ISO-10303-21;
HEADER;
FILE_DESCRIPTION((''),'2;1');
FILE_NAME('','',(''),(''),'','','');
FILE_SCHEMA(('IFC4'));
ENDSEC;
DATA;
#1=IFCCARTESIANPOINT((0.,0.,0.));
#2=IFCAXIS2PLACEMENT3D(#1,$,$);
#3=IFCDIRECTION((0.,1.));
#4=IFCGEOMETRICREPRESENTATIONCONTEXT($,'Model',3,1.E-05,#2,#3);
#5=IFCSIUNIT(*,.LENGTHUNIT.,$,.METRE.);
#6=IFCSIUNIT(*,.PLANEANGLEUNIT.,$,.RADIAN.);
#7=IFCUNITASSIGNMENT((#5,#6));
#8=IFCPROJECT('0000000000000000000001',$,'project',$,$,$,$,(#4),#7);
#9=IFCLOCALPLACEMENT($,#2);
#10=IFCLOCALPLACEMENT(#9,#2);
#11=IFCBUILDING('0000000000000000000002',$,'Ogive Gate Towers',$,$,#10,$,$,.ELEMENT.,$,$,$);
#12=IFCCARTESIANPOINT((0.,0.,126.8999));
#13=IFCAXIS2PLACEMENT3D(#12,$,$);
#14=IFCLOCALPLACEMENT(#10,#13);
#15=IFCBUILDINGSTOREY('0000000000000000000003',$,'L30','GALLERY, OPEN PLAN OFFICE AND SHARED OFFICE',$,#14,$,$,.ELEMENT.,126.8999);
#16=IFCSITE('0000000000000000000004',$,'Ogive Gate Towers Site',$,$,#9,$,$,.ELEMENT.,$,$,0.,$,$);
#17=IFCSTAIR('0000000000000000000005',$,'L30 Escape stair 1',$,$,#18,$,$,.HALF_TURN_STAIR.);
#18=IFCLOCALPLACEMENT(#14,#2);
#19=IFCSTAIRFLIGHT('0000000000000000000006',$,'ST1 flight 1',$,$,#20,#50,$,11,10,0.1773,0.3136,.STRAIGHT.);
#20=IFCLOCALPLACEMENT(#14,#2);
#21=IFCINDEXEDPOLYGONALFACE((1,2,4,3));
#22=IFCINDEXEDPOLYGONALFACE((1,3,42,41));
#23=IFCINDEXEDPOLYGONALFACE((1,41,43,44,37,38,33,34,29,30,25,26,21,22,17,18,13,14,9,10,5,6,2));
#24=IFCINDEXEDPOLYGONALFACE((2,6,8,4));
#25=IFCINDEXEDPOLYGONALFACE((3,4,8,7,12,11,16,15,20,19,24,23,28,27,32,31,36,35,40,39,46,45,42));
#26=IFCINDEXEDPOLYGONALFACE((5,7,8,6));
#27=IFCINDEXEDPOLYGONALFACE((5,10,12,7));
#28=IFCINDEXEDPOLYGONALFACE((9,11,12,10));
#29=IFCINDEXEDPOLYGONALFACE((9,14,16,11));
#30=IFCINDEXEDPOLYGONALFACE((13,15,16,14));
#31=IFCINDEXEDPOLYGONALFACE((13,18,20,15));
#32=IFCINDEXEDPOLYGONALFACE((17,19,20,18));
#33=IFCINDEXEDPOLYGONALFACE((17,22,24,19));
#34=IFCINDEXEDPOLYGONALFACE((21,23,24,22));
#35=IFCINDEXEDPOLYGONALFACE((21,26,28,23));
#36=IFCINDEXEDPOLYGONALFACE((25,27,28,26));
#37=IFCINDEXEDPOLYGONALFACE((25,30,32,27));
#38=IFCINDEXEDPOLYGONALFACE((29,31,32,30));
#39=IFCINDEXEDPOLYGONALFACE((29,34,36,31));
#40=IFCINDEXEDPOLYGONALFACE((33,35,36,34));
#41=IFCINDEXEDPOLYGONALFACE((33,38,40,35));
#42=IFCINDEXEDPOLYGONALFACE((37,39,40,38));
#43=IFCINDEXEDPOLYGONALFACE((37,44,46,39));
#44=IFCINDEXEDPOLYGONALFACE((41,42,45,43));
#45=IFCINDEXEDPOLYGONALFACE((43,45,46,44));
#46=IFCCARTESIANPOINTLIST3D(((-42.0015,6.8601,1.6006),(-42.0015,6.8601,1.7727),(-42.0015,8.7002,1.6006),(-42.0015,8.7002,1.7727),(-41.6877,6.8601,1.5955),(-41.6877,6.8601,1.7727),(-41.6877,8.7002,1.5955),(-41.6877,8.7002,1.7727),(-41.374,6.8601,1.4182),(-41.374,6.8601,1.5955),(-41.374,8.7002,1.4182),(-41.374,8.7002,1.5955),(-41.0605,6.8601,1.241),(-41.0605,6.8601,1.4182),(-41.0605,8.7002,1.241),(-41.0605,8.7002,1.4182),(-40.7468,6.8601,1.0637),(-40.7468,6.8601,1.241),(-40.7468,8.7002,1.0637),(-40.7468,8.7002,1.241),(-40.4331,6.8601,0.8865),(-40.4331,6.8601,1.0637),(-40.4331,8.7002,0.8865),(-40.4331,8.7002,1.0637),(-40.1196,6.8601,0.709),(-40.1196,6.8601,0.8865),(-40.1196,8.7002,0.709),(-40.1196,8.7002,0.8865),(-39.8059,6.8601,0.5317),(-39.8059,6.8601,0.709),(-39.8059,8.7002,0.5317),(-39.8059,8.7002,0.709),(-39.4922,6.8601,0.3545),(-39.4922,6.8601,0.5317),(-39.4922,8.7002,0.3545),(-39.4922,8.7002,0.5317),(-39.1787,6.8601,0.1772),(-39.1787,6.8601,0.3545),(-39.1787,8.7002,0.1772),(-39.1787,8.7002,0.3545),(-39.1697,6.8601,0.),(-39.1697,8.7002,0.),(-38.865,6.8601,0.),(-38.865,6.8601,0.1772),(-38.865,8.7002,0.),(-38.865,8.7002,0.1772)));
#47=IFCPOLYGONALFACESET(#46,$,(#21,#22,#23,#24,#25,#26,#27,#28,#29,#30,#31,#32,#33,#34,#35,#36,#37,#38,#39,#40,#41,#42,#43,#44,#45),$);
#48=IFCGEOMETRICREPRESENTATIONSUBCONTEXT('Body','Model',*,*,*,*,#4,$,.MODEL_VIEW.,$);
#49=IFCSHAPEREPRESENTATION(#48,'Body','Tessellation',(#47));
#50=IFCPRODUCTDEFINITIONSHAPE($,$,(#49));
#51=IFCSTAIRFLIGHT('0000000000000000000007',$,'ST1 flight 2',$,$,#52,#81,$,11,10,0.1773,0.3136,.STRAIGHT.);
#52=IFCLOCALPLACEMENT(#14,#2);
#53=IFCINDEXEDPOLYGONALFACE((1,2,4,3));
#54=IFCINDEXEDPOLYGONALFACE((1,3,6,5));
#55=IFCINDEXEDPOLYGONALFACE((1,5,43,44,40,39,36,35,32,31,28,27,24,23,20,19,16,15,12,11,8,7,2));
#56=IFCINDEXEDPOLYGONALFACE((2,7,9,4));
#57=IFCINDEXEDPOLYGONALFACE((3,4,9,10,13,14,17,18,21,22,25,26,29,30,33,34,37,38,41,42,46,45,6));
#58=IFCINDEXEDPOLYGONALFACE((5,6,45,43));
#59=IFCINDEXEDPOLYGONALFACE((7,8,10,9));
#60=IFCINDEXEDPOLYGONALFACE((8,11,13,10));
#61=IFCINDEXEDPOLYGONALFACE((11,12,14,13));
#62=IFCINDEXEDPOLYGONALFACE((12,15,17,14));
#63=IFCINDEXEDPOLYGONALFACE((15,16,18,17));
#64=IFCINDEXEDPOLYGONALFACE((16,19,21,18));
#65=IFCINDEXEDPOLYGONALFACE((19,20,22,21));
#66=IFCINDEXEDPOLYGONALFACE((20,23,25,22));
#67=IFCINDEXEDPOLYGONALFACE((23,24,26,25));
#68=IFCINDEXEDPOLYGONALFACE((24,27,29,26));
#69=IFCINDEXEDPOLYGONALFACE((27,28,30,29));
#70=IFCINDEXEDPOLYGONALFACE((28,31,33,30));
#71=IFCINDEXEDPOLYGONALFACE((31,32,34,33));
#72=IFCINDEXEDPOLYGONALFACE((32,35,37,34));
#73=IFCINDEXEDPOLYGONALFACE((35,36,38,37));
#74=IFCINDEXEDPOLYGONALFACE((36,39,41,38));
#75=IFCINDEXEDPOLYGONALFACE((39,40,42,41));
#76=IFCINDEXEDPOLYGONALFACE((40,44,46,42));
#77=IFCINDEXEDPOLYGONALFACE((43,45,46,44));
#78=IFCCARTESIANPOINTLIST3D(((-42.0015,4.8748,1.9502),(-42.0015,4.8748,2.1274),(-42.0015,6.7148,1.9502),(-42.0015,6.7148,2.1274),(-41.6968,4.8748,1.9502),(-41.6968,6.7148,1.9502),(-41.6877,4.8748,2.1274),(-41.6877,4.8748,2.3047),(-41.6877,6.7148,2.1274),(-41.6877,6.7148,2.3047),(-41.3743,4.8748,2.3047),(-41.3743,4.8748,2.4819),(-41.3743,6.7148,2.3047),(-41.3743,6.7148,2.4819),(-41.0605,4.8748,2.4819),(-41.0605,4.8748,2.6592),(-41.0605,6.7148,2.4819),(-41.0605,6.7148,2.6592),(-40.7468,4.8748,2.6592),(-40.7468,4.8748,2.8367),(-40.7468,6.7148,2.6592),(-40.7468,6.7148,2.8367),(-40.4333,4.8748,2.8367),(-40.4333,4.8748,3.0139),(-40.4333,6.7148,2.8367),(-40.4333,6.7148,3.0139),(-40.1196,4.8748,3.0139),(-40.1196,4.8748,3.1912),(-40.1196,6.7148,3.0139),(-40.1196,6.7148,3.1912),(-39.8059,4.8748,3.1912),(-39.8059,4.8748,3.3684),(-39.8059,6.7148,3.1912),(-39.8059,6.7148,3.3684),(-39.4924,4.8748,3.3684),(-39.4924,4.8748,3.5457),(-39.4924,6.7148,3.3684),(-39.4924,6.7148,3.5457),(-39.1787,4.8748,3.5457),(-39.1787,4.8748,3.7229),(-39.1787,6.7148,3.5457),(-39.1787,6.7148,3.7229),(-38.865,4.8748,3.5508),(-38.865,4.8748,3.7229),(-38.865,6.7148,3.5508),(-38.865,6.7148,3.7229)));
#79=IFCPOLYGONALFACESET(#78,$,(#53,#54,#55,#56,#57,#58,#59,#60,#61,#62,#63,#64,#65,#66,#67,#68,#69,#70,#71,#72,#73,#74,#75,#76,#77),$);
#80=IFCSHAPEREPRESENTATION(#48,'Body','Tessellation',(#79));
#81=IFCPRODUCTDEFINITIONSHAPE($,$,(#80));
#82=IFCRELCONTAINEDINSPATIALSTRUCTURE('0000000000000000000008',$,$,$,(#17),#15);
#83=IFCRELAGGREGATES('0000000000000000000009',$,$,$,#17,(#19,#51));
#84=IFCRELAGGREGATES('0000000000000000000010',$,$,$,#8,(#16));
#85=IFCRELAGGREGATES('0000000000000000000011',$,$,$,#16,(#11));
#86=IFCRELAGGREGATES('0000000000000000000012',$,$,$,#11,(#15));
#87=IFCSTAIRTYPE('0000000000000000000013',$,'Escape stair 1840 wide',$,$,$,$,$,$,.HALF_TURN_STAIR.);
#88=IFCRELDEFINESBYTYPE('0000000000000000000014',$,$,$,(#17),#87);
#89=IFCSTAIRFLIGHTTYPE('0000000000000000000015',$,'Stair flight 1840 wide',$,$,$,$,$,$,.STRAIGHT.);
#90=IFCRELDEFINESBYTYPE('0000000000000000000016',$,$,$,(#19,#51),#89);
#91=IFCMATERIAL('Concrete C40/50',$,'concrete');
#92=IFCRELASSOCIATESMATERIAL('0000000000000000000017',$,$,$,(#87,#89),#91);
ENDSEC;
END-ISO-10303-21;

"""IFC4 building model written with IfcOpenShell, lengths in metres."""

from ifc_helpers import new_model, si_unit, direction, frame, origin, place, context, subcontext, project, spatial, polyline, outline, extrude, material, type_object, element, aggregate, save


model = new_model("IFC4")

# Units and contexts
model_context = context("Model", 3, precision=1e-05, world=origin(), true_north=direction((0.0, 1.0)))
body_context = subcontext(model_context, "Body", "Model", "MODEL_VIEW")
ifc_project = project(units=[si_unit("LENGTHUNIT", "METRE"), si_unit("PLANEANGLEUNIT", "RADIAN")], contexts=[model_context])

# Site, building, storey
site_placement = place(None, origin())
site = spatial("IfcSite", under=ifc_project, at=site_placement, Name="Ogive Gate Towers Site", CompositionType="ELEMENT", RefElevation=0.0)
building_placement = place(site_placement, origin())
building = spatial("IfcBuilding", under=site, at=building_placement, Name="Ogive Gate Towers", CompositionType="ELEMENT")
storey_placement = place(building_placement, frame((0.0, 0.0, 126.8999)))
storey = spatial("IfcBuildingStorey", under=building, at=storey_placement, Name="L30", Description="GALLERY, OPEN PLAN OFFICE AND SHARED OFFICE", CompositionType="ELEMENT", Elevation=126.8999)

# Stair, stair flights
ifc_material_1 = material(Name="Concrete C40/50", Category="concrete")
stair_type = type_object("IfcStairType", Name="Escape stair 1840 wide", PredefinedType="HALF_TURN_STAIR", material=ifc_material_1)
stair_placement = place(storey_placement, origin())
stair = element("IfcStair", 1, at=stair_placement, inside=storey, type_object=stair_type, Name="L30 Escape stair 1", PredefinedType="HALF_TURN_STAIR")
stair_flight_type = type_object("IfcStairFlightType", Name="Stair flight 1840 wide", PredefinedType="STRAIGHT", material=ifc_material_1)
stair_flight_1_placement = place(storey_placement, frame((-38.865, 7.78, 0.0), z_axis=(0.0, 0.0, 1.0), x_axis=(-1.0, 0.0, 0.0)))
stair_flight_1 = element("IfcStairFlight", 2, at=stair_flight_1_placement, type_object=stair_flight_type, Name="ST1 flight 1", NumberOfRisers=11, NumberOfTreads=10, PredefinedType="STRAIGHT", RiserHeight=0.1773, TreadLength=0.3136, context=body_context, shape_type="SweptSolid", body=[
    extrude(outline(polyline([(0.0, 0.0), (0.0, 0.1772), (0.3137, 0.1772), (0.3137, 0.3545), (0.6272, 0.3545), (0.6272, 0.5317), (0.9409, 0.5317), (0.9409, 0.709), (1.2546, 0.709), (1.2546, 0.8865), (1.5681, 0.8865), (1.5681, 1.0637), (1.8818, 1.0637), (1.8818, 1.241), (2.1956, 1.241), (2.1956, 1.4182), (2.509, 1.4182), (2.509, 1.5955), (2.8228, 1.5955), (2.8228, 1.7727), (3.1365, 1.7727), (3.1365, 1.95), (3.1365, 1.6006), (0.3047, 0.0), (0.0, 0.0)])), frame((0.0, 0.9199, 0.0), z_axis=(0.0, -1.0, 0.0), x_axis=(1.0, 0.0, 0.0)), (0.0, 0.0, 1.0), 1.8401),
])
stair_flight_2_placement = place(storey_placement, frame((-42.0015, 5.7949, 1.9502), z_axis=(0.0, 0.0, 1.0), x_axis=(1.0, 0.0, 0.0)))
stair_flight_2 = element("IfcStairFlight", 3, at=stair_flight_2_placement, type_object=stair_flight_type, Name="ST1 flight 2", NumberOfRisers=11, NumberOfTreads=10, PredefinedType="STRAIGHT", RiserHeight=0.1773, TreadLength=0.3136, context=body_context, shape_type="SweptSolid", body=[
    extrude(outline(polyline([(0.0, 0.0), (0.0, 0.1772), (0.3137, 0.1772), (0.3137, 0.3545), (0.6272, 0.3545), (0.6272, 0.5317), (0.9409, 0.5317), (0.9409, 0.709), (1.2546, 0.709), (1.2546, 0.8865), (1.5681, 0.8865), (1.5681, 1.0637), (1.8818, 1.0637), (1.8818, 1.241), (2.1956, 1.241), (2.1956, 1.4182), (2.509, 1.4182), (2.509, 1.5955), (2.8228, 1.5955), (2.8228, 1.7727), (3.1365, 1.7727), (3.1365, 1.95), (3.1365, 1.6006), (0.3047, 0.0), (0.0, 0.0)])), frame((0.0, 0.9199, 0.0), z_axis=(0.0, -1.0, 0.0), x_axis=(1.0, 0.0, 0.0)), (0.0, 0.0, 1.0), 1.8401),
])
aggregate(stair, [stair_flight_1, stair_flight_2])

save(model, "model.ifc")
